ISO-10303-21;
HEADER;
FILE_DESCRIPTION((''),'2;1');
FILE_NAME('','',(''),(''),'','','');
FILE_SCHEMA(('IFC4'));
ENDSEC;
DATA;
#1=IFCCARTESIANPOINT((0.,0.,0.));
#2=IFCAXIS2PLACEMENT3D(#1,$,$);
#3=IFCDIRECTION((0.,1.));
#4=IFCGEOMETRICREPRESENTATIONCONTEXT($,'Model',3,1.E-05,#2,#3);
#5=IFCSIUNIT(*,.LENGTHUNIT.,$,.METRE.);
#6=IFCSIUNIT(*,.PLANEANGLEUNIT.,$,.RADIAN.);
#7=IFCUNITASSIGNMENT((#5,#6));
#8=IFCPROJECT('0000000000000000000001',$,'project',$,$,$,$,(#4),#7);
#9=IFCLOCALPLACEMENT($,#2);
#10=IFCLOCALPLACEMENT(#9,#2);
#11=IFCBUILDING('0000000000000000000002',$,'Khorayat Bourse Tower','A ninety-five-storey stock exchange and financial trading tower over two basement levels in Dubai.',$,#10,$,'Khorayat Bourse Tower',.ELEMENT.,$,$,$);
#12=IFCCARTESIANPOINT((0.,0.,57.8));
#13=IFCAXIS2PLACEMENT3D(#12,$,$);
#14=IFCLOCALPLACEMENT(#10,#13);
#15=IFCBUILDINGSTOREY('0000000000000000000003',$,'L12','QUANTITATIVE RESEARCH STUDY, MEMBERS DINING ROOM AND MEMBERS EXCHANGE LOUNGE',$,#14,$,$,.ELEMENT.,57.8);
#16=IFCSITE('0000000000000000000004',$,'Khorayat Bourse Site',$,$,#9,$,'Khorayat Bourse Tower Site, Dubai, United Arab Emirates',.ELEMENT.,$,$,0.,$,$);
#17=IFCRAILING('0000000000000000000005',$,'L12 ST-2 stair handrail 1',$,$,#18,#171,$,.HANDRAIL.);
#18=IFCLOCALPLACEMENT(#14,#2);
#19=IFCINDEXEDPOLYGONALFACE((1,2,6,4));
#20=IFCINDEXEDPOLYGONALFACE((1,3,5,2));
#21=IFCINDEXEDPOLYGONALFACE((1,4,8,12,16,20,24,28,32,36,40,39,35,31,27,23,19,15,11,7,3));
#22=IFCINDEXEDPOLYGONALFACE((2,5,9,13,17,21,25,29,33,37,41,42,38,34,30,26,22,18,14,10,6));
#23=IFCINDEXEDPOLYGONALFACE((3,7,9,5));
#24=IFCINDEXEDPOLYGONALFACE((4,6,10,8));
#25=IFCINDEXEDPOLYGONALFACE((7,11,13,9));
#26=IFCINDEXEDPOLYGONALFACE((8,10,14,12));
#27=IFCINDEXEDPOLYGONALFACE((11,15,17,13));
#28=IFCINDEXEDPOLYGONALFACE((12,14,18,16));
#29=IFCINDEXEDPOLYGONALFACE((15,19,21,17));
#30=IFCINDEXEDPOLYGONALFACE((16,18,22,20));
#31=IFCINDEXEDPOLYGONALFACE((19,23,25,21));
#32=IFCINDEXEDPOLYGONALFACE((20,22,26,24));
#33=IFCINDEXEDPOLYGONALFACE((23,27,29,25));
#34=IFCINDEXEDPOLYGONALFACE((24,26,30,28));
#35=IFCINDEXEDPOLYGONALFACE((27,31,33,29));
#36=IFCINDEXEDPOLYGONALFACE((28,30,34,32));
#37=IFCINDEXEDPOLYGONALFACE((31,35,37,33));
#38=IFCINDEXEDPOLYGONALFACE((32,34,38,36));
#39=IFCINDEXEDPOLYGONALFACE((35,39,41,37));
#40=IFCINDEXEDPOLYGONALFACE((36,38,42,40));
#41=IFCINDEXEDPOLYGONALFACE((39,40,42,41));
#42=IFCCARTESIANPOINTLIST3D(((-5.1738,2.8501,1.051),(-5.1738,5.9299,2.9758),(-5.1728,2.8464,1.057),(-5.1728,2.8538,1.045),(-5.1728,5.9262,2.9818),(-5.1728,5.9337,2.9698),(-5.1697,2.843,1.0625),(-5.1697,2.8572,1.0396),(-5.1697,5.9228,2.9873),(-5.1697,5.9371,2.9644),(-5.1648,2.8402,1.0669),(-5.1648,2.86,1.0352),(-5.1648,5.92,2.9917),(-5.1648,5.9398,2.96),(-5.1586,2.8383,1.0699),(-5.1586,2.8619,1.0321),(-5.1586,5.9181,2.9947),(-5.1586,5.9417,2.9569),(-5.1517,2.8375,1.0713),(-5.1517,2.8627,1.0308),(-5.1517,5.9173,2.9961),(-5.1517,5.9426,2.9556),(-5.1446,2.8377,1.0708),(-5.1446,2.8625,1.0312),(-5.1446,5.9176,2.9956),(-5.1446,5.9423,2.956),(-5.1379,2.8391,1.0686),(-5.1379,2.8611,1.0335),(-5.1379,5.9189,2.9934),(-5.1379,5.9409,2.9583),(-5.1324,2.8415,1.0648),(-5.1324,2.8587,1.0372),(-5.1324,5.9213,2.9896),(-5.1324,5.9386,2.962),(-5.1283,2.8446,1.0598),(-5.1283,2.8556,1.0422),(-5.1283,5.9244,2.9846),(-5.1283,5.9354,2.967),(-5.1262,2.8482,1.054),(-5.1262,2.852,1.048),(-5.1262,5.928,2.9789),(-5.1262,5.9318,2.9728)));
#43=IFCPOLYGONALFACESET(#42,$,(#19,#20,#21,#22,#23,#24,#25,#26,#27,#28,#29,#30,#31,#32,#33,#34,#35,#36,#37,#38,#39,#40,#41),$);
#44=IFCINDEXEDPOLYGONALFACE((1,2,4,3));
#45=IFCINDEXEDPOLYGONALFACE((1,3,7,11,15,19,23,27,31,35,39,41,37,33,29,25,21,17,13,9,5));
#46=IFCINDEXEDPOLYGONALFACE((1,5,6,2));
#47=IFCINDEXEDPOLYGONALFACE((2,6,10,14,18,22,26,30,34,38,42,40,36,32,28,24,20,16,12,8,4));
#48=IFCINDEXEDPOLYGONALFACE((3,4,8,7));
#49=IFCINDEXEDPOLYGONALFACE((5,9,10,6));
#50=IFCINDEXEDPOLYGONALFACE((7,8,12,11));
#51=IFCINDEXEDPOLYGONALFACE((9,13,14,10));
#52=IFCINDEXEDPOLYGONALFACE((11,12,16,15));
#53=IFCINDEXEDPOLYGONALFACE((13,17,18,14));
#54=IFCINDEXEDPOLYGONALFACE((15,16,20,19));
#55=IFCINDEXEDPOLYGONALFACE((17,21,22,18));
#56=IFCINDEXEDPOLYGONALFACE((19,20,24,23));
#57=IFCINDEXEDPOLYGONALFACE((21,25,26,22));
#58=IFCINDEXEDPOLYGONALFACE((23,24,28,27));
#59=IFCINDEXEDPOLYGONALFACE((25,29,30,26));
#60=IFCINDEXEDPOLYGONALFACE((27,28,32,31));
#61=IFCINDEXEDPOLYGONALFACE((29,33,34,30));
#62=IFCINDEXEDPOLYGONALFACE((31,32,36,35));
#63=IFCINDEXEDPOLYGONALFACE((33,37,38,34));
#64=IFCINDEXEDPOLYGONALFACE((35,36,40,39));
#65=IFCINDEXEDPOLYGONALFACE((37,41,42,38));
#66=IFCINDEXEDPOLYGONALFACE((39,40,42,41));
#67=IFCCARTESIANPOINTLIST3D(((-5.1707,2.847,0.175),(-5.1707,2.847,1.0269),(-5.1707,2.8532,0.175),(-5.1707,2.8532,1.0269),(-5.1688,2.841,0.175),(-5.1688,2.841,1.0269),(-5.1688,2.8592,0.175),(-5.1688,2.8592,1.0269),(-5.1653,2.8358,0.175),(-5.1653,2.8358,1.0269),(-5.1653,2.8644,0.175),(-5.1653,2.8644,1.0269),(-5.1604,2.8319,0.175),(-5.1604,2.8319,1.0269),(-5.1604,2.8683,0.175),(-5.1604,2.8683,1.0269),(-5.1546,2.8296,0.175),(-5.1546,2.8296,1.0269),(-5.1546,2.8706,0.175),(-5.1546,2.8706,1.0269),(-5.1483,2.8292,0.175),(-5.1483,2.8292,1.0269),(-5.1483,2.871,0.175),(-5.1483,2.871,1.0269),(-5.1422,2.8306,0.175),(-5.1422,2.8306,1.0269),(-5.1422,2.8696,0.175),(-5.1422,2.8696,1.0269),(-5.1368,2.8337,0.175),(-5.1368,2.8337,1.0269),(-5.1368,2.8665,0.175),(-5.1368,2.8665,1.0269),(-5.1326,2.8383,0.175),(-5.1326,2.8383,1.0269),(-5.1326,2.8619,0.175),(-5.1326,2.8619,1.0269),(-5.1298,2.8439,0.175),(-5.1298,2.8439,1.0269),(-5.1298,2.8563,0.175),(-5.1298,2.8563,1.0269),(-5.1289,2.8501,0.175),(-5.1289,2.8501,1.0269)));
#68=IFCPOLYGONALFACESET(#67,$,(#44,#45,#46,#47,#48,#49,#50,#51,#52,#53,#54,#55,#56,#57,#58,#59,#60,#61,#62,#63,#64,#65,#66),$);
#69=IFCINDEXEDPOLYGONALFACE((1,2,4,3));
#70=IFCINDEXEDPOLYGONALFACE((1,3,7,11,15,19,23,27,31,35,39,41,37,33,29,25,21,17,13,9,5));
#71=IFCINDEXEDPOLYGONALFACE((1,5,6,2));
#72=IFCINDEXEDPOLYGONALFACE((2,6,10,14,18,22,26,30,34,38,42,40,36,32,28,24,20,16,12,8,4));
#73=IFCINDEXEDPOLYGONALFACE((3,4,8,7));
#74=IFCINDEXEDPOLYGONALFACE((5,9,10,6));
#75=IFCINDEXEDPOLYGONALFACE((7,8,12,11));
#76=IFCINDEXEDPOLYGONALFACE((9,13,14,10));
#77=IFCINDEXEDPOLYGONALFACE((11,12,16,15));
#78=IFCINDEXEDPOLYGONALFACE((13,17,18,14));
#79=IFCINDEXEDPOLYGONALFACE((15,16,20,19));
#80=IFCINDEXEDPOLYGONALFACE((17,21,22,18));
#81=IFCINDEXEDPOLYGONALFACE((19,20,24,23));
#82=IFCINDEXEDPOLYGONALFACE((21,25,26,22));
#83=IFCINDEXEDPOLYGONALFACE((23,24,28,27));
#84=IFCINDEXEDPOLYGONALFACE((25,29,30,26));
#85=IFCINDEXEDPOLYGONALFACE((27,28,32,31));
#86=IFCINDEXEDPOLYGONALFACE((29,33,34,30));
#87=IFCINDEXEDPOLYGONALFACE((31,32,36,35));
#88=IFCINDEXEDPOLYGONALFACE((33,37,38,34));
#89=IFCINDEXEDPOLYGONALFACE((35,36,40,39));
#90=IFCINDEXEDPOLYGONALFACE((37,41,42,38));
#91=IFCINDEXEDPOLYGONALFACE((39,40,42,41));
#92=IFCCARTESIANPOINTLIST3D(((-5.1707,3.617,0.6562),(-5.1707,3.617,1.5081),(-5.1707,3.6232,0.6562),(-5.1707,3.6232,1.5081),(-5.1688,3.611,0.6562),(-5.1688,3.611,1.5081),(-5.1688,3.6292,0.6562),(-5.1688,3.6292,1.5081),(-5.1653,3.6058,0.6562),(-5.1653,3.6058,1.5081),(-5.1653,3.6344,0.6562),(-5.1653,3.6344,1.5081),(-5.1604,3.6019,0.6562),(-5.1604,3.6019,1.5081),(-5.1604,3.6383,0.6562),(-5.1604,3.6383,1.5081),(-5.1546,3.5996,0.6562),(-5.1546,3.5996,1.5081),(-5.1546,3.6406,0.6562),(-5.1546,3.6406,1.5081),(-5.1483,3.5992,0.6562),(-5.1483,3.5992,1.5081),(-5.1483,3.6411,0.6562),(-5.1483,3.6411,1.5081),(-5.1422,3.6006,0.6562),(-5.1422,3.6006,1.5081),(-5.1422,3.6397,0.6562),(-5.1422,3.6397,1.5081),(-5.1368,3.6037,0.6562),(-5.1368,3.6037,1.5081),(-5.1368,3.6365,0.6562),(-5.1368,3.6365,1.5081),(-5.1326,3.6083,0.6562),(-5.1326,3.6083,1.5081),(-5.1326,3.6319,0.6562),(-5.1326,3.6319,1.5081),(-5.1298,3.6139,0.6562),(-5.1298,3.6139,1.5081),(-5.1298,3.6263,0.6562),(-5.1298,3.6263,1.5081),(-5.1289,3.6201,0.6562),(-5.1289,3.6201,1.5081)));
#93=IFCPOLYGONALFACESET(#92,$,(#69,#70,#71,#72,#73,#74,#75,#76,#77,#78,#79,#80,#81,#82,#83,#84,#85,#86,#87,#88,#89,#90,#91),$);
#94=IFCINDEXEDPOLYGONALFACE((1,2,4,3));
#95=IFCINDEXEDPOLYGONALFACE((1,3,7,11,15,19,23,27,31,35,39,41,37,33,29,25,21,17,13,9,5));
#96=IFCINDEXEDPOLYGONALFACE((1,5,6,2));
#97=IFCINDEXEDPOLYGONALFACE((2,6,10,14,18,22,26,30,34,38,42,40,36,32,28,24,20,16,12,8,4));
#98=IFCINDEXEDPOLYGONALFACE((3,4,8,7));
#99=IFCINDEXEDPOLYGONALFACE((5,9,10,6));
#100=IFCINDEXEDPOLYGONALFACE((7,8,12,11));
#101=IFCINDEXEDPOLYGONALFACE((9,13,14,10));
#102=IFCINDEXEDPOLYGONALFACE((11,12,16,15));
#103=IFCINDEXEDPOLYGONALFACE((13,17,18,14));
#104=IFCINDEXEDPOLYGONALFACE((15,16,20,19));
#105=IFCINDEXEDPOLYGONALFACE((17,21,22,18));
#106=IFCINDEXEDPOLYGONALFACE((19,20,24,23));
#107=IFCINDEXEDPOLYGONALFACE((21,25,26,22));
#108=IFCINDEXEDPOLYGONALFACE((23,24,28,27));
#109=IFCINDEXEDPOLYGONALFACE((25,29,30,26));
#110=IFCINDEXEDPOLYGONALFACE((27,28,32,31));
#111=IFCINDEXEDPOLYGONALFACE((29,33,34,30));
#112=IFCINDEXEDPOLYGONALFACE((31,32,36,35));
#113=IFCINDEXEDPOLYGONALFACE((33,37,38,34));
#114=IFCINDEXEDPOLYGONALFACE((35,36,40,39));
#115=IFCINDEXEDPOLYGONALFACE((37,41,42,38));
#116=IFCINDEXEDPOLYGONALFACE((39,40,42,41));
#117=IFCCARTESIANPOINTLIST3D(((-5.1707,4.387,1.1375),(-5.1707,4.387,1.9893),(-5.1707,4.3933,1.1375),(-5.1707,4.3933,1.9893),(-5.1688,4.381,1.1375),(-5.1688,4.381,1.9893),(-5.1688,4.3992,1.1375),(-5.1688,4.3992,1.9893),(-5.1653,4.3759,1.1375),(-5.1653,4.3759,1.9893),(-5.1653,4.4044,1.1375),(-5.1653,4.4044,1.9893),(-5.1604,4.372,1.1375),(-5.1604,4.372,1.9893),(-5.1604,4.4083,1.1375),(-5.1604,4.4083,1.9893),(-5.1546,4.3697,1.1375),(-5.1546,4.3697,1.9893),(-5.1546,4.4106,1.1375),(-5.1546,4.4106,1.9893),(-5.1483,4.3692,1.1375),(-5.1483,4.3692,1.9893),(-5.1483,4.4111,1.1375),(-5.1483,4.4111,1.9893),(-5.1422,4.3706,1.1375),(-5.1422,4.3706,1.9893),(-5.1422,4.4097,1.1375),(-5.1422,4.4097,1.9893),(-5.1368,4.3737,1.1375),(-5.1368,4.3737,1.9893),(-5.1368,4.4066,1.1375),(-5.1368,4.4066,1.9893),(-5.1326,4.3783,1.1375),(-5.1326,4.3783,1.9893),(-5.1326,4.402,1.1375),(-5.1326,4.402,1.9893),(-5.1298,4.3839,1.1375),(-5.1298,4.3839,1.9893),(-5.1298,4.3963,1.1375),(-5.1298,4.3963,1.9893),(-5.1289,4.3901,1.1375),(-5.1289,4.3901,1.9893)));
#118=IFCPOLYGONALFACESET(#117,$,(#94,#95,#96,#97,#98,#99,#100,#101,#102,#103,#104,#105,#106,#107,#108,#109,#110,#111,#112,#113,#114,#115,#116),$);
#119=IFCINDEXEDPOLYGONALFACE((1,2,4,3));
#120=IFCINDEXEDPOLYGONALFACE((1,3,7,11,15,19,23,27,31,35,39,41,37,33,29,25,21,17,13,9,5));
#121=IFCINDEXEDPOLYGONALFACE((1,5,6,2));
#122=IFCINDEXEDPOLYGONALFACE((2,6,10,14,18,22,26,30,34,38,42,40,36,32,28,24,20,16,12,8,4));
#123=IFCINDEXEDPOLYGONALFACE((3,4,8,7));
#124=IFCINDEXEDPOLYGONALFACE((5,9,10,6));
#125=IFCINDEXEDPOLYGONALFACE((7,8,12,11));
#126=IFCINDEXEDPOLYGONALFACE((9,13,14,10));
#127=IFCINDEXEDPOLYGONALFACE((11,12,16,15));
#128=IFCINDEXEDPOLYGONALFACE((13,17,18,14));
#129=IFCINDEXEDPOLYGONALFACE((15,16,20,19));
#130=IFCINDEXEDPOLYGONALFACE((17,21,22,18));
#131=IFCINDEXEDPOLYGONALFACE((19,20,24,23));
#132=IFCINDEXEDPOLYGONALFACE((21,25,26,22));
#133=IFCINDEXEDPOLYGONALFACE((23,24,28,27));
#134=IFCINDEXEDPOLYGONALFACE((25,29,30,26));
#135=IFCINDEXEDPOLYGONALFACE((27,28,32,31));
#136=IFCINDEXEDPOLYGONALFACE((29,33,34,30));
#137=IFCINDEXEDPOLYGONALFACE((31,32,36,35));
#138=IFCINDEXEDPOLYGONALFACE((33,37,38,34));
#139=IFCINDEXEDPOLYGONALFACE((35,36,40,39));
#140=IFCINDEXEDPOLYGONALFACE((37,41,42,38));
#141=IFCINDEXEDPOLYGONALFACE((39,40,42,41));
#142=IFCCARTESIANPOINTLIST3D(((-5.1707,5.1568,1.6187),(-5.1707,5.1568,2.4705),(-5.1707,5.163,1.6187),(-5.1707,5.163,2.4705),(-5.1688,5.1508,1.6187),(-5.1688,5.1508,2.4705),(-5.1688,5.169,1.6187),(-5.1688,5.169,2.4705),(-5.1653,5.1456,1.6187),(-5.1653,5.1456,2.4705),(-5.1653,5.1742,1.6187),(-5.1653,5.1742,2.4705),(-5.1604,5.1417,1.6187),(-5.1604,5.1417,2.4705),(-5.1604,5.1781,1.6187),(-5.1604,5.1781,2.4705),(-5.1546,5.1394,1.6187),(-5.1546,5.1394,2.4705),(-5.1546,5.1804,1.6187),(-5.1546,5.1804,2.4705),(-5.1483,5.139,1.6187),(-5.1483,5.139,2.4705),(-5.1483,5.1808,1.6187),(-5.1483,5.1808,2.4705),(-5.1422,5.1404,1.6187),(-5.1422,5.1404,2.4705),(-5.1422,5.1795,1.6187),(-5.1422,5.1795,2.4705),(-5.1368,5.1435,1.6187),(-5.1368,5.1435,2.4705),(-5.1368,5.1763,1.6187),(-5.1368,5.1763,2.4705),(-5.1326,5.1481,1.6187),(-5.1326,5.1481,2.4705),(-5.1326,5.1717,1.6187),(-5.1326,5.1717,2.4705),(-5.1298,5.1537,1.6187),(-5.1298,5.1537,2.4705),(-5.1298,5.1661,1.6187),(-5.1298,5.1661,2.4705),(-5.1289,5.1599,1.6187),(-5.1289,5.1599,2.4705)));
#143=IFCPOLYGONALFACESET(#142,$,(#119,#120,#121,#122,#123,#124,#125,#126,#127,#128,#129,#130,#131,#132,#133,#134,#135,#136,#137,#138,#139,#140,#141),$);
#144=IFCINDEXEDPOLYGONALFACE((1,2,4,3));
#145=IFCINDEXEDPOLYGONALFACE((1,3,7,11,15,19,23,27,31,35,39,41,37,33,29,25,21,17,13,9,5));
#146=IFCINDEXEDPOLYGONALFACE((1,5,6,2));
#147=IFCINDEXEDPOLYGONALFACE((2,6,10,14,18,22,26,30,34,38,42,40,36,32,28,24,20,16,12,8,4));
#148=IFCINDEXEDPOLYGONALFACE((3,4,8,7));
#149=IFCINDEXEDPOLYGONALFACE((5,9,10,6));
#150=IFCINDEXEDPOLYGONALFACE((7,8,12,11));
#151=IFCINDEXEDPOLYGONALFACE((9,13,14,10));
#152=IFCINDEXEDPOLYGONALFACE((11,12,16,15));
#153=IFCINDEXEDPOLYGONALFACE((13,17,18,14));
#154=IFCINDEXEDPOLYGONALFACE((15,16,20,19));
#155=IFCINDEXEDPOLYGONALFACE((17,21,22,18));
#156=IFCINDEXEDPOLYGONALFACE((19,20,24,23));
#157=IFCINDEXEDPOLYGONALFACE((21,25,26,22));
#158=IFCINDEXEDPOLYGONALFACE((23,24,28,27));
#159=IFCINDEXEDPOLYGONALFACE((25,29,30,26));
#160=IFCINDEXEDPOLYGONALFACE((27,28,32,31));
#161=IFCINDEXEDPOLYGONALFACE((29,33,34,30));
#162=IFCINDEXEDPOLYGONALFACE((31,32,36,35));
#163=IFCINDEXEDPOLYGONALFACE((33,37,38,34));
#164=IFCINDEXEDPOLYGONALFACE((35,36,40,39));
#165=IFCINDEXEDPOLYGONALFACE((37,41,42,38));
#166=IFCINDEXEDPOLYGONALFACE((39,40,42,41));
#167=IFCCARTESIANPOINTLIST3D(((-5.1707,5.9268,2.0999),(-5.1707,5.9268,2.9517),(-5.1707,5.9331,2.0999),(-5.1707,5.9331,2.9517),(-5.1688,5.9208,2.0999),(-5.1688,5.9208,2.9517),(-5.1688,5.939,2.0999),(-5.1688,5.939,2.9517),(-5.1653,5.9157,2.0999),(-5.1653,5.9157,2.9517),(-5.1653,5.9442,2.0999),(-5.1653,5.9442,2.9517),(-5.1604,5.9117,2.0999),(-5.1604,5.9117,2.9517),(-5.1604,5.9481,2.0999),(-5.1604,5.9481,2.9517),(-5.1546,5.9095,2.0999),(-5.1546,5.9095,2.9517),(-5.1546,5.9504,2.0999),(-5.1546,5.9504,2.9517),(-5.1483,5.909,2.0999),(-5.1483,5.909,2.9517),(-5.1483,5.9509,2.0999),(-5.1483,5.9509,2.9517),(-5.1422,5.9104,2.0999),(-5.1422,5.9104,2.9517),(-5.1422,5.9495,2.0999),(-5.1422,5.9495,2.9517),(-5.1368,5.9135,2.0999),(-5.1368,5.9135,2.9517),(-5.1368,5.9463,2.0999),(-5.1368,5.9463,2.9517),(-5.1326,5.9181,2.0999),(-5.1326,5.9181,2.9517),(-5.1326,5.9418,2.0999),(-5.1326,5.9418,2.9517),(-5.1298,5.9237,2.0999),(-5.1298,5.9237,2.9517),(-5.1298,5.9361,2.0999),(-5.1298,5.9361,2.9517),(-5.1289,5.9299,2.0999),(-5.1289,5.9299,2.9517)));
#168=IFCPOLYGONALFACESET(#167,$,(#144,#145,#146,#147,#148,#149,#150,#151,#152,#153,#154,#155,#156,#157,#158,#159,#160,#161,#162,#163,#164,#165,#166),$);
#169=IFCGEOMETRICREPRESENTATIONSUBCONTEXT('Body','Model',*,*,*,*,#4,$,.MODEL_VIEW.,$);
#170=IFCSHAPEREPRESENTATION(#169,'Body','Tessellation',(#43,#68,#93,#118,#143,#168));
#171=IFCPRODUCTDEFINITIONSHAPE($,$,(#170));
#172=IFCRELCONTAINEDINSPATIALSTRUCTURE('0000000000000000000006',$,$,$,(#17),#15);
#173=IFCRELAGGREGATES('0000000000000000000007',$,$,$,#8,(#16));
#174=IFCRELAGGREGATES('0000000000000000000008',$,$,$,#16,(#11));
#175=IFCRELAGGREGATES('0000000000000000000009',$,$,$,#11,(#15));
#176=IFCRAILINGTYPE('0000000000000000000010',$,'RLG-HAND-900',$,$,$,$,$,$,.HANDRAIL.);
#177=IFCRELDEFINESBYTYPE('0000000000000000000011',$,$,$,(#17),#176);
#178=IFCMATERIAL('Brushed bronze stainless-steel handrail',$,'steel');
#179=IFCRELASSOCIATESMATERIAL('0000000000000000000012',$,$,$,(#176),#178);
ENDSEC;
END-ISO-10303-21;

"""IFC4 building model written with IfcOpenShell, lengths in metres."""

from ifc_helpers import new_model, si_unit, direction, frame, origin, origin_2d, place, context, subcontext, project, spatial, circle, extrude, source, transform, mapped, material, type_object, element, save


model = new_model("IFC4")

# Units and contexts
model_context = context("Model", 3, precision=1e-05, world=origin(), true_north=direction((0.0, 1.0)))
body_context = subcontext(model_context, "Body", "Model", "MODEL_VIEW")
ifc_project = project(units=[si_unit("LENGTHUNIT", "METRE"), si_unit("PLANEANGLEUNIT", "RADIAN")], contexts=[model_context])

# Site, building, storey
site_placement = place(None, origin())
site = spatial("IfcSite", under=ifc_project, at=site_placement, Name="Khorayat Bourse Site", LongName="Khorayat Bourse Tower Site, Dubai, United Arab Emirates", CompositionType="ELEMENT", RefElevation=0.0)
building_placement = place(site_placement, origin())
building = spatial("IfcBuilding", under=site, at=building_placement, Name="Khorayat Bourse Tower", Description="A ninety-five-storey stock exchange and financial trading tower over two basement levels in Dubai.", LongName="Khorayat Bourse Tower", CompositionType="ELEMENT")
storey_placement = place(building_placement, frame((0.0, 0.0, 57.8)))
storey = spatial("IfcBuildingStorey", under=building, at=storey_placement, Name="L12", Description="QUANTITATIVE RESEARCH STUDY, MEMBERS DINING ROOM AND MEMBERS EXCHANGE LOUNGE", CompositionType="ELEMENT", Elevation=57.8)

# Railing
ifc_material_1 = material(Name="Brushed bronze stainless-steel handrail", Category="steel")
railing_type_1 = type_object("IfcRailingType", Name="RLG-HAND-900", PredefinedType="HANDRAIL", material=ifc_material_1)
shared_shape_1 = source(origin(), body_context, "Body", "SweptSolid", [
    extrude(circle(Radius=0.0239, at=origin_2d()), frame((0.0, 0.0, 0.876), z_axis=(0.0, 0.84801, 0.529981), x_axis=(-1.0, 0.0, 0.0)), (0.0, 0.0, 1.0), 3.6318),
    extrude(circle(Radius=0.021, at=origin_2d()), origin(), (0.0, 0.0, 1.0), 0.8518),
    extrude(circle(Radius=0.021, at=origin_2d()), frame((0.0, 0.77, 0.4812)), (0.0, 0.0, 1.0), 0.8518),
    extrude(circle(Radius=0.021, at=origin_2d()), frame((0.0, 1.54, 0.9624)), (0.0, 0.0, 1.0), 0.8518),
    extrude(circle(Radius=0.021, at=origin_2d()), frame((0.0, 2.3098, 1.4436)), (0.0, 0.0, 1.0), 0.8518),
    extrude(circle(Radius=0.021, at=origin_2d()), frame((0.0, 3.0798, 1.9248)), (0.0, 0.0, 1.0), 0.8518),
])
railing_1_placement = place(storey_placement, frame((-5.1499, 2.8501, 0.175)))
element("IfcRailing", 1, at=railing_1_placement, inside=storey, type_object=railing_type_1, Name="L12 ST-2 stair handrail 1", PredefinedType="HANDRAIL", context=body_context, shape_type="MappedRepresentation", body=[
    mapped(shared_shape_1, transform((0.0, 0.0, 0.0), scale=1.0)),
])

save(model, "model.ifc")
